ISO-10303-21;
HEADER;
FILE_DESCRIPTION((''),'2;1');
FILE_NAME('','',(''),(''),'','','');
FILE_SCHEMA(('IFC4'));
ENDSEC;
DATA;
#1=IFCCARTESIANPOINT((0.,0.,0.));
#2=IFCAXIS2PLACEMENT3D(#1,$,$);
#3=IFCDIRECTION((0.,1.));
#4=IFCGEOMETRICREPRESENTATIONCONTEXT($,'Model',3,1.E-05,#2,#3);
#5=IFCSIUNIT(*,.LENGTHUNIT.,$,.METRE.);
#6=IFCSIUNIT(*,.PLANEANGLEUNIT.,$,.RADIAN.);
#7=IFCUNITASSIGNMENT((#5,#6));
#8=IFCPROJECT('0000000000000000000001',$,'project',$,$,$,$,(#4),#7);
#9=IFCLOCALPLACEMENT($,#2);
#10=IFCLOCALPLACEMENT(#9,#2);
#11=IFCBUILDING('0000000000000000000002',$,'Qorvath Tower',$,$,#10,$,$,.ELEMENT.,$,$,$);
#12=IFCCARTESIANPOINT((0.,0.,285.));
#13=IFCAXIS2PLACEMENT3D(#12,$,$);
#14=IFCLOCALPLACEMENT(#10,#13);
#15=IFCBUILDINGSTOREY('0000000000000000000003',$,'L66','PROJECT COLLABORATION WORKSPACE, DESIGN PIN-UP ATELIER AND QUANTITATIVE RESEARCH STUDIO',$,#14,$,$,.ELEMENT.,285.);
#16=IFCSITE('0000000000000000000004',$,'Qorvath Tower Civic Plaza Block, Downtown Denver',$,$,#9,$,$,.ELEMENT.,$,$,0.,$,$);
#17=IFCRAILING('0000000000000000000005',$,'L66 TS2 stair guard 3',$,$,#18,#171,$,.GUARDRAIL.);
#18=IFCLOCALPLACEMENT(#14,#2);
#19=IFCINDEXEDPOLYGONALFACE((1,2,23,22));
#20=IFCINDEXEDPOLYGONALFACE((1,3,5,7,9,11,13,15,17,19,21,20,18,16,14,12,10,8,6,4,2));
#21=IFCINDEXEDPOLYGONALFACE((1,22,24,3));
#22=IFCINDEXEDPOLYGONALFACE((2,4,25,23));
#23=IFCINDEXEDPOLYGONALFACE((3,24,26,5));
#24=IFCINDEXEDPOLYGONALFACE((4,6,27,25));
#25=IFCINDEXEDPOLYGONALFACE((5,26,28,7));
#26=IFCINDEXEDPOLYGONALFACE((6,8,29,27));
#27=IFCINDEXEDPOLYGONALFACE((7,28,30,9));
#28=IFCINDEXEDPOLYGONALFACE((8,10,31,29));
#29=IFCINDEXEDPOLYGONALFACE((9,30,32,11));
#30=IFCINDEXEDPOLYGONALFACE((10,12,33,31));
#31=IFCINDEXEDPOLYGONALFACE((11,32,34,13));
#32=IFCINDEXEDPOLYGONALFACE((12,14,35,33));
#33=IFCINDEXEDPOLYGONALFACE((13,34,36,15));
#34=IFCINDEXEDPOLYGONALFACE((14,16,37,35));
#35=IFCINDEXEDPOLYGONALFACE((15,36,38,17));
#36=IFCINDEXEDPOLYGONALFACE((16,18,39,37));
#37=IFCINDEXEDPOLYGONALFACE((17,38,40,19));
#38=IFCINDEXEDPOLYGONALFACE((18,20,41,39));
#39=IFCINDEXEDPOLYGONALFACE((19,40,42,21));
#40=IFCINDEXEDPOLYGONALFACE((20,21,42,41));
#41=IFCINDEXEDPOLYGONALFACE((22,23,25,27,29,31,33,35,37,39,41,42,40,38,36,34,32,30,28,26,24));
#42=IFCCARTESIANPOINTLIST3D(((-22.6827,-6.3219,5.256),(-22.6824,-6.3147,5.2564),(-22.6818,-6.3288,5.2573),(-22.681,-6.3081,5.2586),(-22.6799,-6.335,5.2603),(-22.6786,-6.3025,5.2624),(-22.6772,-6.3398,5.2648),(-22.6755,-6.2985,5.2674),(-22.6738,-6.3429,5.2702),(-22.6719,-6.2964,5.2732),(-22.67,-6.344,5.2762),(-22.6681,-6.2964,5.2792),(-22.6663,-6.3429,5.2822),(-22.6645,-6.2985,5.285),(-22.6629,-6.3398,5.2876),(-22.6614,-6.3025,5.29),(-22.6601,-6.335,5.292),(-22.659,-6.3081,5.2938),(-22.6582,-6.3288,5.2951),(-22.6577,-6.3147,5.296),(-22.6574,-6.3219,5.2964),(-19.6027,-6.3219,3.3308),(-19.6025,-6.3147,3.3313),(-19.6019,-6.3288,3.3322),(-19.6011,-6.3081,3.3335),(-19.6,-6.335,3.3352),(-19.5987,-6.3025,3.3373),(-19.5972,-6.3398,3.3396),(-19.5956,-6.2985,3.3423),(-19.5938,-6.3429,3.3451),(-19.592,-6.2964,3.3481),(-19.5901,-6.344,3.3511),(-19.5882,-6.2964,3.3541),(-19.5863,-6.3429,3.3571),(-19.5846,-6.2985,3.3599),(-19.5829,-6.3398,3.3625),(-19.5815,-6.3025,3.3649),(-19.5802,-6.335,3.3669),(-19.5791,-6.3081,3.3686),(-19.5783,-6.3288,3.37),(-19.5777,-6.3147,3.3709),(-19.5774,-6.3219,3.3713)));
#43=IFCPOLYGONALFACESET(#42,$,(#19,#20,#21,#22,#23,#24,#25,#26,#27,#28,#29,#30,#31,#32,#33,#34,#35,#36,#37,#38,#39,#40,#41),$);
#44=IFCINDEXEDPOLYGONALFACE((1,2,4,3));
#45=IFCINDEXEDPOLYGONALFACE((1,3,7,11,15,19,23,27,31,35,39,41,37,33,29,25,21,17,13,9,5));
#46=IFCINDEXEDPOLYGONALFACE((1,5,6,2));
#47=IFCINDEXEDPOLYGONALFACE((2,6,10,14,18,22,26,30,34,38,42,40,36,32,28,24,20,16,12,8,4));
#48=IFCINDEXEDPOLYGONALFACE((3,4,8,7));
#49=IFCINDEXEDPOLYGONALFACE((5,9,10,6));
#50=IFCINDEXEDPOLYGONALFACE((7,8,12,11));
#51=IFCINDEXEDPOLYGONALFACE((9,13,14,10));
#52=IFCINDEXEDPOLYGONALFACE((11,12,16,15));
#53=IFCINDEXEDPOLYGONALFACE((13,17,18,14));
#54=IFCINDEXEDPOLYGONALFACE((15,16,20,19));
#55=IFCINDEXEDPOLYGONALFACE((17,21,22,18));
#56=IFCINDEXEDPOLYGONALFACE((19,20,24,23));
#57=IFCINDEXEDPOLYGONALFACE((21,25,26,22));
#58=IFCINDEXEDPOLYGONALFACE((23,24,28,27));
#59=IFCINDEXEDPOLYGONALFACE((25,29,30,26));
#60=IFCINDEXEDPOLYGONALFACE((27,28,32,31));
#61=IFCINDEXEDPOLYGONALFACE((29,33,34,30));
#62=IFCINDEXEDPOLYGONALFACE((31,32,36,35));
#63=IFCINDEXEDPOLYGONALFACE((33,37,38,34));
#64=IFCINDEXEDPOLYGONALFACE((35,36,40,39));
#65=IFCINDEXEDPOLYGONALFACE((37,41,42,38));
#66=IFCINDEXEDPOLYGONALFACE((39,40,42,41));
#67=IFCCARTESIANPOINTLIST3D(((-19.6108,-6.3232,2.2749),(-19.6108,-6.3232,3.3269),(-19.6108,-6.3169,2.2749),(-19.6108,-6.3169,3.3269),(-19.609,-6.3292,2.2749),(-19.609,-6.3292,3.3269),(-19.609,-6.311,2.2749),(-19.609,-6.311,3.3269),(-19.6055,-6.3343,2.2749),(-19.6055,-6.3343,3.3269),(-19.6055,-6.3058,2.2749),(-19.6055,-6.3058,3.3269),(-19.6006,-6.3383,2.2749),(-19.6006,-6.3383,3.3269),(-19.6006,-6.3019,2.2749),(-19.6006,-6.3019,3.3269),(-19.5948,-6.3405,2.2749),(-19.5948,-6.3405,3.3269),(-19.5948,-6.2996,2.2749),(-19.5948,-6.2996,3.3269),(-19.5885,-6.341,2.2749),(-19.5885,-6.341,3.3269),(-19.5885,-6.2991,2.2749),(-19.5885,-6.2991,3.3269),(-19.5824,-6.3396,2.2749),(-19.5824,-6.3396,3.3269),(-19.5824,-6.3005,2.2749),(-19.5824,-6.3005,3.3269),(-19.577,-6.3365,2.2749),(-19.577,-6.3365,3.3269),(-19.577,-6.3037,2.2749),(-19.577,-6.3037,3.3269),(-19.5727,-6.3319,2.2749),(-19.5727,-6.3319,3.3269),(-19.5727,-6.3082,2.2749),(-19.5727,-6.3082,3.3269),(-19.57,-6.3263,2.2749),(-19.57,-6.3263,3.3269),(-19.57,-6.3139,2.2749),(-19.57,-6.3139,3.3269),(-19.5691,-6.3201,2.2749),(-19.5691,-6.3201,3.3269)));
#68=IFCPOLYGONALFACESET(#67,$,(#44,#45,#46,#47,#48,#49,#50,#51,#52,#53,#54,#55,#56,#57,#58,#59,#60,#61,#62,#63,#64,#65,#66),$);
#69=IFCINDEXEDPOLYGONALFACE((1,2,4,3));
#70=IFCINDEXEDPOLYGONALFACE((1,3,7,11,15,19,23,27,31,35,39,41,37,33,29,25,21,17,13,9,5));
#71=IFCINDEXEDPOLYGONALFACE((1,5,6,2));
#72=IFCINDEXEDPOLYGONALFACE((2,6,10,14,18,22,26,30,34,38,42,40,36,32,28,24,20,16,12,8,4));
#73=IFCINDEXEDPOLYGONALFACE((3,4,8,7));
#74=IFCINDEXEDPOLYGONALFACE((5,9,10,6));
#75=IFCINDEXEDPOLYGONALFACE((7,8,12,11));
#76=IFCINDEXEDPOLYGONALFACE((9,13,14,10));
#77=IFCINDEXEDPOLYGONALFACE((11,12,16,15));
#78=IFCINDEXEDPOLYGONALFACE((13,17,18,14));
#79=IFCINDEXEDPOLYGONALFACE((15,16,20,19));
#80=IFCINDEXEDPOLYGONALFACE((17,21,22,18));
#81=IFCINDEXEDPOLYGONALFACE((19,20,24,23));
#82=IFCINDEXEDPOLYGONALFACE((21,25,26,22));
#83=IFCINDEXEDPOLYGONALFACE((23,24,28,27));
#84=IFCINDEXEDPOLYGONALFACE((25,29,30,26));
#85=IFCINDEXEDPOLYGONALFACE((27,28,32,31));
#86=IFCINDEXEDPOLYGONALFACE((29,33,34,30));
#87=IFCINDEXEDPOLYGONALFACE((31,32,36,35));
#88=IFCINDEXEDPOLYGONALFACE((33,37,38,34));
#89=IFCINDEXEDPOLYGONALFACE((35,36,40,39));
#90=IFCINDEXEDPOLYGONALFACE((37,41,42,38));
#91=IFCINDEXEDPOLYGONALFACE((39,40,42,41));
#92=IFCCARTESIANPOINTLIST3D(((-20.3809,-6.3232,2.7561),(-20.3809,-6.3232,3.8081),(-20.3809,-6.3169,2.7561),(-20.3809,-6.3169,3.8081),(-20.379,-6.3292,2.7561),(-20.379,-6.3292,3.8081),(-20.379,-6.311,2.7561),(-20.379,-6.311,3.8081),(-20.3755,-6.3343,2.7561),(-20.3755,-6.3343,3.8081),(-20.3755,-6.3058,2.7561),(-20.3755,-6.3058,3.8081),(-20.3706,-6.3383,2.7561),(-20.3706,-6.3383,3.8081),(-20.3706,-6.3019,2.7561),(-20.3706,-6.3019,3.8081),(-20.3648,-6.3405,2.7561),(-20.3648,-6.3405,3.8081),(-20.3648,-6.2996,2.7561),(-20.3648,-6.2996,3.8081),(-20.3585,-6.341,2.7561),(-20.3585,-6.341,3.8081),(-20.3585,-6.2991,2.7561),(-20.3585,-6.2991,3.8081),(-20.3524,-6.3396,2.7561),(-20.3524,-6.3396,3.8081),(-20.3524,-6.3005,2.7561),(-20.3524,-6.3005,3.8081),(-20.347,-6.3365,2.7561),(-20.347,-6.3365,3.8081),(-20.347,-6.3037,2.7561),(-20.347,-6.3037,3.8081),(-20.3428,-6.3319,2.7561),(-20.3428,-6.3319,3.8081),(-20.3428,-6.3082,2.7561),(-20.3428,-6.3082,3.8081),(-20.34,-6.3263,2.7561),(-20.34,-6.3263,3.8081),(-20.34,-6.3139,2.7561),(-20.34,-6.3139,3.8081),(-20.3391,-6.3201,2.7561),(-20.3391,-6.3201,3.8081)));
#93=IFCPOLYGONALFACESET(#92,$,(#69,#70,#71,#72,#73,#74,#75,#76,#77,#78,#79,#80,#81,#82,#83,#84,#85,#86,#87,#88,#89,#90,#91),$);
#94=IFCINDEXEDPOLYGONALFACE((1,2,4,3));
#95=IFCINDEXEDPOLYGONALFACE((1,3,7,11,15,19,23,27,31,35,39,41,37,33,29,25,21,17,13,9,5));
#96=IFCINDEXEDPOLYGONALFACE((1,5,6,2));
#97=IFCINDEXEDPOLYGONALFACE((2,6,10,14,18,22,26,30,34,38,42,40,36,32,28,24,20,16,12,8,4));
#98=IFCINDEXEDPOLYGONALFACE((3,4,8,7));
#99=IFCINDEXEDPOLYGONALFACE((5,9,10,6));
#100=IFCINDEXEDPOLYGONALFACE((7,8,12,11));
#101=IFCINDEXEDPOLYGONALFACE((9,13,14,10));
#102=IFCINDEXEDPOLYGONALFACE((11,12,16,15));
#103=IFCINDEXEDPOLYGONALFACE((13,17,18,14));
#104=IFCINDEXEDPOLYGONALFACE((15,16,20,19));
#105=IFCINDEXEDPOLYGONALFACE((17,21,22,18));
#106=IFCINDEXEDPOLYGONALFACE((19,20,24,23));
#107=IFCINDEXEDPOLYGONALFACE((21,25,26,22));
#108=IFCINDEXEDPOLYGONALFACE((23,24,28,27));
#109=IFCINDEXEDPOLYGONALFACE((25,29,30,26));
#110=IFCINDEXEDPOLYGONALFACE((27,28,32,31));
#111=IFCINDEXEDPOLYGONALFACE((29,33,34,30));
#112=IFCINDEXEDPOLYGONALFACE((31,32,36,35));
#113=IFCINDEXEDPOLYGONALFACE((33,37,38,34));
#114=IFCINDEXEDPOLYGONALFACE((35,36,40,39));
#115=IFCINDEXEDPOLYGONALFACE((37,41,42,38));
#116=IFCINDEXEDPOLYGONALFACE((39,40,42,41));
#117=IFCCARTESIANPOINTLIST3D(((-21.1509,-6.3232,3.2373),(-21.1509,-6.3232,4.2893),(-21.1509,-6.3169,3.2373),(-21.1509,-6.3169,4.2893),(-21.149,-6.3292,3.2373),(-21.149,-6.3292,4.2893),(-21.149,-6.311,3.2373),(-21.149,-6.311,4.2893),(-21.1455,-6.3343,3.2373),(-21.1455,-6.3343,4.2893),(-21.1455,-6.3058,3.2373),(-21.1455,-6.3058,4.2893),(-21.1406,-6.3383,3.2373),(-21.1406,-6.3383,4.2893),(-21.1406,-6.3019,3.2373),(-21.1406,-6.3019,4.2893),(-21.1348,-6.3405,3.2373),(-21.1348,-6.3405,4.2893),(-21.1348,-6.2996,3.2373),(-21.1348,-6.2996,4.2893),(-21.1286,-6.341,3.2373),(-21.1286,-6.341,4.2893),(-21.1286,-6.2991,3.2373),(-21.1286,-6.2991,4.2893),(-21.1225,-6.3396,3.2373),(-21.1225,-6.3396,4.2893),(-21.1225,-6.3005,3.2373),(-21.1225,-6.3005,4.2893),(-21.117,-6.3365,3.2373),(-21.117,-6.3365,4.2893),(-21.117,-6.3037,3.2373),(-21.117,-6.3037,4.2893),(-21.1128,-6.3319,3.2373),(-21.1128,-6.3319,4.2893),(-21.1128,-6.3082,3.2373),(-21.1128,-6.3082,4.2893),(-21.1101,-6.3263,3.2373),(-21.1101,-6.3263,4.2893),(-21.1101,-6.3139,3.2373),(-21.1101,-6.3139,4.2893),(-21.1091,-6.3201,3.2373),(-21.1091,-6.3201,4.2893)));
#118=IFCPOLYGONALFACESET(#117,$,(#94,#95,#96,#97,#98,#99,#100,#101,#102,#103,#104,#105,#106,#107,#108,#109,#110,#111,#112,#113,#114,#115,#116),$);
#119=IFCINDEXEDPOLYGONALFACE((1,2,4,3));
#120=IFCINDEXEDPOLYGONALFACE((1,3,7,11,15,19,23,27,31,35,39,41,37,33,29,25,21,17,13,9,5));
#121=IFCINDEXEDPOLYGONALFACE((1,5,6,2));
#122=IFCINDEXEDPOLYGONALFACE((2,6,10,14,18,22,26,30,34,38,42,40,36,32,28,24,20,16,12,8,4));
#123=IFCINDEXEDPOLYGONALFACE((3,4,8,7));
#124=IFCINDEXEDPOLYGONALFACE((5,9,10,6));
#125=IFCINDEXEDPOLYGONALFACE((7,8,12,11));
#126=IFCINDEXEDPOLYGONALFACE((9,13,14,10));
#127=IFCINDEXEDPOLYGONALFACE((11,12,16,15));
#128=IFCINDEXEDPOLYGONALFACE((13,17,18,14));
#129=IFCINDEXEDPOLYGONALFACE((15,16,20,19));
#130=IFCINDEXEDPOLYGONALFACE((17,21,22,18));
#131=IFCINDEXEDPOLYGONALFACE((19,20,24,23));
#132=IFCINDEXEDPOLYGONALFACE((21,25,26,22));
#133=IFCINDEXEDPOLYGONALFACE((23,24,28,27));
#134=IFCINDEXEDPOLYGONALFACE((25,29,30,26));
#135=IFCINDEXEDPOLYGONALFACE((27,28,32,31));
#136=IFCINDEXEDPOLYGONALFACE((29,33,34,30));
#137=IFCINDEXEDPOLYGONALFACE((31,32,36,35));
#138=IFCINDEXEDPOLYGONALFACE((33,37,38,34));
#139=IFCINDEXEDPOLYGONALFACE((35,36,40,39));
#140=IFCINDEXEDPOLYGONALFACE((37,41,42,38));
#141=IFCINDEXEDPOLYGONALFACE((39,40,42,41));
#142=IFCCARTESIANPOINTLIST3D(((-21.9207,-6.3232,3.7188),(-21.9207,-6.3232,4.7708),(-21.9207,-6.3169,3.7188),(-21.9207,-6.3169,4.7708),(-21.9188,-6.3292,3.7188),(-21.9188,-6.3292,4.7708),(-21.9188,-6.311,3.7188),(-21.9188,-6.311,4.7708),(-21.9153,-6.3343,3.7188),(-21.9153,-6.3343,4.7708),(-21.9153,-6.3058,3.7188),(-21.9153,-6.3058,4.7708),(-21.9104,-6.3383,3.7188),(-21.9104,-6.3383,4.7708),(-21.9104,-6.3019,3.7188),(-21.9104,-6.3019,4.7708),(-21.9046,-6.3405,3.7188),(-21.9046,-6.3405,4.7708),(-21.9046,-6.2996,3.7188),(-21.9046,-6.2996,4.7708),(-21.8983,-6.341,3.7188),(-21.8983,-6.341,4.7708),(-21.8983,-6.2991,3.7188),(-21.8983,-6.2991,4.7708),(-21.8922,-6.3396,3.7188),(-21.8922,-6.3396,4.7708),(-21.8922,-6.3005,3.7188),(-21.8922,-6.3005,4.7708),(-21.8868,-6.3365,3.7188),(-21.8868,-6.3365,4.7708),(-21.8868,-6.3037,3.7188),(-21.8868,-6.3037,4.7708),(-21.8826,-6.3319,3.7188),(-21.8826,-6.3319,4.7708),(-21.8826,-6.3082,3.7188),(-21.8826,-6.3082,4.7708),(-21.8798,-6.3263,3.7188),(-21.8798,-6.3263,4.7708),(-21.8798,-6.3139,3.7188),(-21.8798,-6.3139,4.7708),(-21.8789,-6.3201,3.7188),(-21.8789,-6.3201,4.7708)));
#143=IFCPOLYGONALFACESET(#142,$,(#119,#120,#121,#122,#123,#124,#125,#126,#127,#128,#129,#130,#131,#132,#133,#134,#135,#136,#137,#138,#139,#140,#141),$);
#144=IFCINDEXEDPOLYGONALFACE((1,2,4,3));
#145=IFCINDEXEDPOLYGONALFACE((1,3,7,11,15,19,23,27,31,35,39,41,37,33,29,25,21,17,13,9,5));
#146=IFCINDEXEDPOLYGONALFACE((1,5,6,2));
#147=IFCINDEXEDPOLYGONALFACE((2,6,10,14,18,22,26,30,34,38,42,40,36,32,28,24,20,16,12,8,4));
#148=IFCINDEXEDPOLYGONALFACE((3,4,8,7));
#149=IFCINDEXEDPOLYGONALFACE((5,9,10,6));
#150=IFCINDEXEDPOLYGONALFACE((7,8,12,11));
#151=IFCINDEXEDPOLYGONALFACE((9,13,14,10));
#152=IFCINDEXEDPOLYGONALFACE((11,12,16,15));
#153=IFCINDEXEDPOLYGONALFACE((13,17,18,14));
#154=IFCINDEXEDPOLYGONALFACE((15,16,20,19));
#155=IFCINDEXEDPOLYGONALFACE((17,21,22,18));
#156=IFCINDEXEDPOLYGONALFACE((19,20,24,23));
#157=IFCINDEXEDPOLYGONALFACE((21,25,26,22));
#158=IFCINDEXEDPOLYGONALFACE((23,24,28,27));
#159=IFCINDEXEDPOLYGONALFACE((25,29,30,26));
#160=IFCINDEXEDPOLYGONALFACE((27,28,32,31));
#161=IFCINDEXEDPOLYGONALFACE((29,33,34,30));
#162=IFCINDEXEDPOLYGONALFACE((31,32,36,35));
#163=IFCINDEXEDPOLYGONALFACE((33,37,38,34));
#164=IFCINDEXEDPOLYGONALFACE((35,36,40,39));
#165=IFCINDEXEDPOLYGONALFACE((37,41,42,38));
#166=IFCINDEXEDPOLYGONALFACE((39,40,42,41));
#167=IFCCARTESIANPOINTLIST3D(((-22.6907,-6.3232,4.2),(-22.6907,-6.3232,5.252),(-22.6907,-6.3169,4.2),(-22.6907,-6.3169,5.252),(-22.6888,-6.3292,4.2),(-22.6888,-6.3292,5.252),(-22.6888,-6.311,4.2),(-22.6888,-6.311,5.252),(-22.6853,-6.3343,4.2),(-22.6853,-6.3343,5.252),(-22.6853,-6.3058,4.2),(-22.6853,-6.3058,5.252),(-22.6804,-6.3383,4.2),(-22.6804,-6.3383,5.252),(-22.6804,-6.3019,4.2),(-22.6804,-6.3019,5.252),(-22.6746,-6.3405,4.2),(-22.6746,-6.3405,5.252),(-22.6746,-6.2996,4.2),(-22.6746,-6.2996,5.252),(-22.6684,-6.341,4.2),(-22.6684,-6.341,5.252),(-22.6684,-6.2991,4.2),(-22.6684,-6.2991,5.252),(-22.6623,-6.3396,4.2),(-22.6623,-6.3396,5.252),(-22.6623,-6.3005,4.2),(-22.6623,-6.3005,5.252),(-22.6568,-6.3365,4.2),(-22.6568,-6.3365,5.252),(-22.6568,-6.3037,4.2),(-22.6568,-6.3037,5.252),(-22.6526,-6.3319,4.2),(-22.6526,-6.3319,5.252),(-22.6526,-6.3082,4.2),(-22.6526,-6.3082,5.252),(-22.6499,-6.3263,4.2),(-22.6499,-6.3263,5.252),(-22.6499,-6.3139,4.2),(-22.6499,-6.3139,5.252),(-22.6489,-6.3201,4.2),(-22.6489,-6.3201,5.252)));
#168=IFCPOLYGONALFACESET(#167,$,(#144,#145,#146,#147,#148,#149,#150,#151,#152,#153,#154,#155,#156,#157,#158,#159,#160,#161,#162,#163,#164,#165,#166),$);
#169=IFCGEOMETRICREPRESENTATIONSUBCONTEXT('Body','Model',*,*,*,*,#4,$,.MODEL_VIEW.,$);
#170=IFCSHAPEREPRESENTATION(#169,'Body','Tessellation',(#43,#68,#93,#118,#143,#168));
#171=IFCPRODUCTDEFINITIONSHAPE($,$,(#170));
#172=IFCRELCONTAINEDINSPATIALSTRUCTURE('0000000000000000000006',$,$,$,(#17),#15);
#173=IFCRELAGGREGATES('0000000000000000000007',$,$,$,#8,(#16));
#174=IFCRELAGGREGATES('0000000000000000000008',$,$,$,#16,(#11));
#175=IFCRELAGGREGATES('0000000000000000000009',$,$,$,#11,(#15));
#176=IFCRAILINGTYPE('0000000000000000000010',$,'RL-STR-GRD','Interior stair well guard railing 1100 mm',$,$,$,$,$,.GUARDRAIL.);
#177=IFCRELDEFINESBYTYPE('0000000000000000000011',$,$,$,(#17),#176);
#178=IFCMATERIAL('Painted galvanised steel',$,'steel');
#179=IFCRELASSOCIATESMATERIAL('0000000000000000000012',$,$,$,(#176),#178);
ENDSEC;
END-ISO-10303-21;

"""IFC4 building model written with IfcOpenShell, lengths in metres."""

from ifc_helpers import new_model, si_unit, direction, frame, origin, origin_2d, place, context, subcontext, project, spatial, circle, extrude, material, type_object, element, save


model = new_model("IFC4")

# Units and contexts
model_context = context("Model", 3, precision=1e-05, world=origin(), true_north=direction((0.0, 1.0)))
body_context = subcontext(model_context, "Body", "Model", "MODEL_VIEW")
ifc_project = project(units=[si_unit("LENGTHUNIT", "METRE"), si_unit("PLANEANGLEUNIT", "RADIAN")], contexts=[model_context])

# Site, building, storey
site_placement = place(None, origin())
site = spatial("IfcSite", under=ifc_project, at=site_placement, Name="Qorvath Tower Civic Plaza Block, Downtown Denver", CompositionType="ELEMENT", RefElevation=0.0)
building_placement = place(site_placement, origin())
building = spatial("IfcBuilding", under=site, at=building_placement, Name="Qorvath Tower", CompositionType="ELEMENT")
storey_placement = place(building_placement, frame((0.0, 0.0, 285.0)))
storey = spatial("IfcBuildingStorey", under=building, at=storey_placement, Name="L66", Description="PROJECT COLLABORATION WORKSPACE, DESIGN PIN-UP ATELIER AND QUANTITATIVE RESEARCH STUDIO", CompositionType="ELEMENT", Elevation=285.0)

# Railing
ifc_material_1 = material(Name="Painted galvanised steel", Category="steel")
railing_type_1 = type_object("IfcRailingType", Name="RL-STR-GRD", Description="Interior stair well guard railing 1100 mm", PredefinedType="GUARDRAIL", material=ifc_material_1)
railing_1_placement = place(storey_placement, frame((-19.5901, -6.3201, 2.2749)))
element("IfcRailing", 1, at=railing_1_placement, inside=storey, type_object=railing_type_1, Name="L66 TS2 stair guard 3", PredefinedType="GUARDRAIL", context=body_context, shape_type="SweptSolid", body=[
    extrude(circle(Radius=0.0239, at=origin_2d()), frame((0.0, 0.0, 1.0762), z_axis=(-0.847979, 0.0, 0.530029), x_axis=(0.0, -1.0, 0.0)), (0.0, 0.0, 1.0), 3.6321),
    extrude(circle(Radius=0.021, at=origin_2d()), origin(), (0.0, 0.0, 1.0), 1.052),
    extrude(circle(Radius=0.021, at=origin_2d()), frame((-0.77, 0.0, 0.4812)), (0.0, 0.0, 1.0), 1.052),
    extrude(circle(Radius=0.021, at=origin_2d()), frame((-1.54, 0.0, 0.9624)), (0.0, 0.0, 1.0), 1.052),
    extrude(circle(Radius=0.021, at=origin_2d()), frame((-2.3098, 0.0, 1.4438)), (0.0, 0.0, 1.0), 1.052),
    extrude(circle(Radius=0.021, at=origin_2d()), frame((-3.0798, 0.0, 1.925)), (0.0, 0.0, 1.0), 1.052),
])

save(model, "model.ifc")
